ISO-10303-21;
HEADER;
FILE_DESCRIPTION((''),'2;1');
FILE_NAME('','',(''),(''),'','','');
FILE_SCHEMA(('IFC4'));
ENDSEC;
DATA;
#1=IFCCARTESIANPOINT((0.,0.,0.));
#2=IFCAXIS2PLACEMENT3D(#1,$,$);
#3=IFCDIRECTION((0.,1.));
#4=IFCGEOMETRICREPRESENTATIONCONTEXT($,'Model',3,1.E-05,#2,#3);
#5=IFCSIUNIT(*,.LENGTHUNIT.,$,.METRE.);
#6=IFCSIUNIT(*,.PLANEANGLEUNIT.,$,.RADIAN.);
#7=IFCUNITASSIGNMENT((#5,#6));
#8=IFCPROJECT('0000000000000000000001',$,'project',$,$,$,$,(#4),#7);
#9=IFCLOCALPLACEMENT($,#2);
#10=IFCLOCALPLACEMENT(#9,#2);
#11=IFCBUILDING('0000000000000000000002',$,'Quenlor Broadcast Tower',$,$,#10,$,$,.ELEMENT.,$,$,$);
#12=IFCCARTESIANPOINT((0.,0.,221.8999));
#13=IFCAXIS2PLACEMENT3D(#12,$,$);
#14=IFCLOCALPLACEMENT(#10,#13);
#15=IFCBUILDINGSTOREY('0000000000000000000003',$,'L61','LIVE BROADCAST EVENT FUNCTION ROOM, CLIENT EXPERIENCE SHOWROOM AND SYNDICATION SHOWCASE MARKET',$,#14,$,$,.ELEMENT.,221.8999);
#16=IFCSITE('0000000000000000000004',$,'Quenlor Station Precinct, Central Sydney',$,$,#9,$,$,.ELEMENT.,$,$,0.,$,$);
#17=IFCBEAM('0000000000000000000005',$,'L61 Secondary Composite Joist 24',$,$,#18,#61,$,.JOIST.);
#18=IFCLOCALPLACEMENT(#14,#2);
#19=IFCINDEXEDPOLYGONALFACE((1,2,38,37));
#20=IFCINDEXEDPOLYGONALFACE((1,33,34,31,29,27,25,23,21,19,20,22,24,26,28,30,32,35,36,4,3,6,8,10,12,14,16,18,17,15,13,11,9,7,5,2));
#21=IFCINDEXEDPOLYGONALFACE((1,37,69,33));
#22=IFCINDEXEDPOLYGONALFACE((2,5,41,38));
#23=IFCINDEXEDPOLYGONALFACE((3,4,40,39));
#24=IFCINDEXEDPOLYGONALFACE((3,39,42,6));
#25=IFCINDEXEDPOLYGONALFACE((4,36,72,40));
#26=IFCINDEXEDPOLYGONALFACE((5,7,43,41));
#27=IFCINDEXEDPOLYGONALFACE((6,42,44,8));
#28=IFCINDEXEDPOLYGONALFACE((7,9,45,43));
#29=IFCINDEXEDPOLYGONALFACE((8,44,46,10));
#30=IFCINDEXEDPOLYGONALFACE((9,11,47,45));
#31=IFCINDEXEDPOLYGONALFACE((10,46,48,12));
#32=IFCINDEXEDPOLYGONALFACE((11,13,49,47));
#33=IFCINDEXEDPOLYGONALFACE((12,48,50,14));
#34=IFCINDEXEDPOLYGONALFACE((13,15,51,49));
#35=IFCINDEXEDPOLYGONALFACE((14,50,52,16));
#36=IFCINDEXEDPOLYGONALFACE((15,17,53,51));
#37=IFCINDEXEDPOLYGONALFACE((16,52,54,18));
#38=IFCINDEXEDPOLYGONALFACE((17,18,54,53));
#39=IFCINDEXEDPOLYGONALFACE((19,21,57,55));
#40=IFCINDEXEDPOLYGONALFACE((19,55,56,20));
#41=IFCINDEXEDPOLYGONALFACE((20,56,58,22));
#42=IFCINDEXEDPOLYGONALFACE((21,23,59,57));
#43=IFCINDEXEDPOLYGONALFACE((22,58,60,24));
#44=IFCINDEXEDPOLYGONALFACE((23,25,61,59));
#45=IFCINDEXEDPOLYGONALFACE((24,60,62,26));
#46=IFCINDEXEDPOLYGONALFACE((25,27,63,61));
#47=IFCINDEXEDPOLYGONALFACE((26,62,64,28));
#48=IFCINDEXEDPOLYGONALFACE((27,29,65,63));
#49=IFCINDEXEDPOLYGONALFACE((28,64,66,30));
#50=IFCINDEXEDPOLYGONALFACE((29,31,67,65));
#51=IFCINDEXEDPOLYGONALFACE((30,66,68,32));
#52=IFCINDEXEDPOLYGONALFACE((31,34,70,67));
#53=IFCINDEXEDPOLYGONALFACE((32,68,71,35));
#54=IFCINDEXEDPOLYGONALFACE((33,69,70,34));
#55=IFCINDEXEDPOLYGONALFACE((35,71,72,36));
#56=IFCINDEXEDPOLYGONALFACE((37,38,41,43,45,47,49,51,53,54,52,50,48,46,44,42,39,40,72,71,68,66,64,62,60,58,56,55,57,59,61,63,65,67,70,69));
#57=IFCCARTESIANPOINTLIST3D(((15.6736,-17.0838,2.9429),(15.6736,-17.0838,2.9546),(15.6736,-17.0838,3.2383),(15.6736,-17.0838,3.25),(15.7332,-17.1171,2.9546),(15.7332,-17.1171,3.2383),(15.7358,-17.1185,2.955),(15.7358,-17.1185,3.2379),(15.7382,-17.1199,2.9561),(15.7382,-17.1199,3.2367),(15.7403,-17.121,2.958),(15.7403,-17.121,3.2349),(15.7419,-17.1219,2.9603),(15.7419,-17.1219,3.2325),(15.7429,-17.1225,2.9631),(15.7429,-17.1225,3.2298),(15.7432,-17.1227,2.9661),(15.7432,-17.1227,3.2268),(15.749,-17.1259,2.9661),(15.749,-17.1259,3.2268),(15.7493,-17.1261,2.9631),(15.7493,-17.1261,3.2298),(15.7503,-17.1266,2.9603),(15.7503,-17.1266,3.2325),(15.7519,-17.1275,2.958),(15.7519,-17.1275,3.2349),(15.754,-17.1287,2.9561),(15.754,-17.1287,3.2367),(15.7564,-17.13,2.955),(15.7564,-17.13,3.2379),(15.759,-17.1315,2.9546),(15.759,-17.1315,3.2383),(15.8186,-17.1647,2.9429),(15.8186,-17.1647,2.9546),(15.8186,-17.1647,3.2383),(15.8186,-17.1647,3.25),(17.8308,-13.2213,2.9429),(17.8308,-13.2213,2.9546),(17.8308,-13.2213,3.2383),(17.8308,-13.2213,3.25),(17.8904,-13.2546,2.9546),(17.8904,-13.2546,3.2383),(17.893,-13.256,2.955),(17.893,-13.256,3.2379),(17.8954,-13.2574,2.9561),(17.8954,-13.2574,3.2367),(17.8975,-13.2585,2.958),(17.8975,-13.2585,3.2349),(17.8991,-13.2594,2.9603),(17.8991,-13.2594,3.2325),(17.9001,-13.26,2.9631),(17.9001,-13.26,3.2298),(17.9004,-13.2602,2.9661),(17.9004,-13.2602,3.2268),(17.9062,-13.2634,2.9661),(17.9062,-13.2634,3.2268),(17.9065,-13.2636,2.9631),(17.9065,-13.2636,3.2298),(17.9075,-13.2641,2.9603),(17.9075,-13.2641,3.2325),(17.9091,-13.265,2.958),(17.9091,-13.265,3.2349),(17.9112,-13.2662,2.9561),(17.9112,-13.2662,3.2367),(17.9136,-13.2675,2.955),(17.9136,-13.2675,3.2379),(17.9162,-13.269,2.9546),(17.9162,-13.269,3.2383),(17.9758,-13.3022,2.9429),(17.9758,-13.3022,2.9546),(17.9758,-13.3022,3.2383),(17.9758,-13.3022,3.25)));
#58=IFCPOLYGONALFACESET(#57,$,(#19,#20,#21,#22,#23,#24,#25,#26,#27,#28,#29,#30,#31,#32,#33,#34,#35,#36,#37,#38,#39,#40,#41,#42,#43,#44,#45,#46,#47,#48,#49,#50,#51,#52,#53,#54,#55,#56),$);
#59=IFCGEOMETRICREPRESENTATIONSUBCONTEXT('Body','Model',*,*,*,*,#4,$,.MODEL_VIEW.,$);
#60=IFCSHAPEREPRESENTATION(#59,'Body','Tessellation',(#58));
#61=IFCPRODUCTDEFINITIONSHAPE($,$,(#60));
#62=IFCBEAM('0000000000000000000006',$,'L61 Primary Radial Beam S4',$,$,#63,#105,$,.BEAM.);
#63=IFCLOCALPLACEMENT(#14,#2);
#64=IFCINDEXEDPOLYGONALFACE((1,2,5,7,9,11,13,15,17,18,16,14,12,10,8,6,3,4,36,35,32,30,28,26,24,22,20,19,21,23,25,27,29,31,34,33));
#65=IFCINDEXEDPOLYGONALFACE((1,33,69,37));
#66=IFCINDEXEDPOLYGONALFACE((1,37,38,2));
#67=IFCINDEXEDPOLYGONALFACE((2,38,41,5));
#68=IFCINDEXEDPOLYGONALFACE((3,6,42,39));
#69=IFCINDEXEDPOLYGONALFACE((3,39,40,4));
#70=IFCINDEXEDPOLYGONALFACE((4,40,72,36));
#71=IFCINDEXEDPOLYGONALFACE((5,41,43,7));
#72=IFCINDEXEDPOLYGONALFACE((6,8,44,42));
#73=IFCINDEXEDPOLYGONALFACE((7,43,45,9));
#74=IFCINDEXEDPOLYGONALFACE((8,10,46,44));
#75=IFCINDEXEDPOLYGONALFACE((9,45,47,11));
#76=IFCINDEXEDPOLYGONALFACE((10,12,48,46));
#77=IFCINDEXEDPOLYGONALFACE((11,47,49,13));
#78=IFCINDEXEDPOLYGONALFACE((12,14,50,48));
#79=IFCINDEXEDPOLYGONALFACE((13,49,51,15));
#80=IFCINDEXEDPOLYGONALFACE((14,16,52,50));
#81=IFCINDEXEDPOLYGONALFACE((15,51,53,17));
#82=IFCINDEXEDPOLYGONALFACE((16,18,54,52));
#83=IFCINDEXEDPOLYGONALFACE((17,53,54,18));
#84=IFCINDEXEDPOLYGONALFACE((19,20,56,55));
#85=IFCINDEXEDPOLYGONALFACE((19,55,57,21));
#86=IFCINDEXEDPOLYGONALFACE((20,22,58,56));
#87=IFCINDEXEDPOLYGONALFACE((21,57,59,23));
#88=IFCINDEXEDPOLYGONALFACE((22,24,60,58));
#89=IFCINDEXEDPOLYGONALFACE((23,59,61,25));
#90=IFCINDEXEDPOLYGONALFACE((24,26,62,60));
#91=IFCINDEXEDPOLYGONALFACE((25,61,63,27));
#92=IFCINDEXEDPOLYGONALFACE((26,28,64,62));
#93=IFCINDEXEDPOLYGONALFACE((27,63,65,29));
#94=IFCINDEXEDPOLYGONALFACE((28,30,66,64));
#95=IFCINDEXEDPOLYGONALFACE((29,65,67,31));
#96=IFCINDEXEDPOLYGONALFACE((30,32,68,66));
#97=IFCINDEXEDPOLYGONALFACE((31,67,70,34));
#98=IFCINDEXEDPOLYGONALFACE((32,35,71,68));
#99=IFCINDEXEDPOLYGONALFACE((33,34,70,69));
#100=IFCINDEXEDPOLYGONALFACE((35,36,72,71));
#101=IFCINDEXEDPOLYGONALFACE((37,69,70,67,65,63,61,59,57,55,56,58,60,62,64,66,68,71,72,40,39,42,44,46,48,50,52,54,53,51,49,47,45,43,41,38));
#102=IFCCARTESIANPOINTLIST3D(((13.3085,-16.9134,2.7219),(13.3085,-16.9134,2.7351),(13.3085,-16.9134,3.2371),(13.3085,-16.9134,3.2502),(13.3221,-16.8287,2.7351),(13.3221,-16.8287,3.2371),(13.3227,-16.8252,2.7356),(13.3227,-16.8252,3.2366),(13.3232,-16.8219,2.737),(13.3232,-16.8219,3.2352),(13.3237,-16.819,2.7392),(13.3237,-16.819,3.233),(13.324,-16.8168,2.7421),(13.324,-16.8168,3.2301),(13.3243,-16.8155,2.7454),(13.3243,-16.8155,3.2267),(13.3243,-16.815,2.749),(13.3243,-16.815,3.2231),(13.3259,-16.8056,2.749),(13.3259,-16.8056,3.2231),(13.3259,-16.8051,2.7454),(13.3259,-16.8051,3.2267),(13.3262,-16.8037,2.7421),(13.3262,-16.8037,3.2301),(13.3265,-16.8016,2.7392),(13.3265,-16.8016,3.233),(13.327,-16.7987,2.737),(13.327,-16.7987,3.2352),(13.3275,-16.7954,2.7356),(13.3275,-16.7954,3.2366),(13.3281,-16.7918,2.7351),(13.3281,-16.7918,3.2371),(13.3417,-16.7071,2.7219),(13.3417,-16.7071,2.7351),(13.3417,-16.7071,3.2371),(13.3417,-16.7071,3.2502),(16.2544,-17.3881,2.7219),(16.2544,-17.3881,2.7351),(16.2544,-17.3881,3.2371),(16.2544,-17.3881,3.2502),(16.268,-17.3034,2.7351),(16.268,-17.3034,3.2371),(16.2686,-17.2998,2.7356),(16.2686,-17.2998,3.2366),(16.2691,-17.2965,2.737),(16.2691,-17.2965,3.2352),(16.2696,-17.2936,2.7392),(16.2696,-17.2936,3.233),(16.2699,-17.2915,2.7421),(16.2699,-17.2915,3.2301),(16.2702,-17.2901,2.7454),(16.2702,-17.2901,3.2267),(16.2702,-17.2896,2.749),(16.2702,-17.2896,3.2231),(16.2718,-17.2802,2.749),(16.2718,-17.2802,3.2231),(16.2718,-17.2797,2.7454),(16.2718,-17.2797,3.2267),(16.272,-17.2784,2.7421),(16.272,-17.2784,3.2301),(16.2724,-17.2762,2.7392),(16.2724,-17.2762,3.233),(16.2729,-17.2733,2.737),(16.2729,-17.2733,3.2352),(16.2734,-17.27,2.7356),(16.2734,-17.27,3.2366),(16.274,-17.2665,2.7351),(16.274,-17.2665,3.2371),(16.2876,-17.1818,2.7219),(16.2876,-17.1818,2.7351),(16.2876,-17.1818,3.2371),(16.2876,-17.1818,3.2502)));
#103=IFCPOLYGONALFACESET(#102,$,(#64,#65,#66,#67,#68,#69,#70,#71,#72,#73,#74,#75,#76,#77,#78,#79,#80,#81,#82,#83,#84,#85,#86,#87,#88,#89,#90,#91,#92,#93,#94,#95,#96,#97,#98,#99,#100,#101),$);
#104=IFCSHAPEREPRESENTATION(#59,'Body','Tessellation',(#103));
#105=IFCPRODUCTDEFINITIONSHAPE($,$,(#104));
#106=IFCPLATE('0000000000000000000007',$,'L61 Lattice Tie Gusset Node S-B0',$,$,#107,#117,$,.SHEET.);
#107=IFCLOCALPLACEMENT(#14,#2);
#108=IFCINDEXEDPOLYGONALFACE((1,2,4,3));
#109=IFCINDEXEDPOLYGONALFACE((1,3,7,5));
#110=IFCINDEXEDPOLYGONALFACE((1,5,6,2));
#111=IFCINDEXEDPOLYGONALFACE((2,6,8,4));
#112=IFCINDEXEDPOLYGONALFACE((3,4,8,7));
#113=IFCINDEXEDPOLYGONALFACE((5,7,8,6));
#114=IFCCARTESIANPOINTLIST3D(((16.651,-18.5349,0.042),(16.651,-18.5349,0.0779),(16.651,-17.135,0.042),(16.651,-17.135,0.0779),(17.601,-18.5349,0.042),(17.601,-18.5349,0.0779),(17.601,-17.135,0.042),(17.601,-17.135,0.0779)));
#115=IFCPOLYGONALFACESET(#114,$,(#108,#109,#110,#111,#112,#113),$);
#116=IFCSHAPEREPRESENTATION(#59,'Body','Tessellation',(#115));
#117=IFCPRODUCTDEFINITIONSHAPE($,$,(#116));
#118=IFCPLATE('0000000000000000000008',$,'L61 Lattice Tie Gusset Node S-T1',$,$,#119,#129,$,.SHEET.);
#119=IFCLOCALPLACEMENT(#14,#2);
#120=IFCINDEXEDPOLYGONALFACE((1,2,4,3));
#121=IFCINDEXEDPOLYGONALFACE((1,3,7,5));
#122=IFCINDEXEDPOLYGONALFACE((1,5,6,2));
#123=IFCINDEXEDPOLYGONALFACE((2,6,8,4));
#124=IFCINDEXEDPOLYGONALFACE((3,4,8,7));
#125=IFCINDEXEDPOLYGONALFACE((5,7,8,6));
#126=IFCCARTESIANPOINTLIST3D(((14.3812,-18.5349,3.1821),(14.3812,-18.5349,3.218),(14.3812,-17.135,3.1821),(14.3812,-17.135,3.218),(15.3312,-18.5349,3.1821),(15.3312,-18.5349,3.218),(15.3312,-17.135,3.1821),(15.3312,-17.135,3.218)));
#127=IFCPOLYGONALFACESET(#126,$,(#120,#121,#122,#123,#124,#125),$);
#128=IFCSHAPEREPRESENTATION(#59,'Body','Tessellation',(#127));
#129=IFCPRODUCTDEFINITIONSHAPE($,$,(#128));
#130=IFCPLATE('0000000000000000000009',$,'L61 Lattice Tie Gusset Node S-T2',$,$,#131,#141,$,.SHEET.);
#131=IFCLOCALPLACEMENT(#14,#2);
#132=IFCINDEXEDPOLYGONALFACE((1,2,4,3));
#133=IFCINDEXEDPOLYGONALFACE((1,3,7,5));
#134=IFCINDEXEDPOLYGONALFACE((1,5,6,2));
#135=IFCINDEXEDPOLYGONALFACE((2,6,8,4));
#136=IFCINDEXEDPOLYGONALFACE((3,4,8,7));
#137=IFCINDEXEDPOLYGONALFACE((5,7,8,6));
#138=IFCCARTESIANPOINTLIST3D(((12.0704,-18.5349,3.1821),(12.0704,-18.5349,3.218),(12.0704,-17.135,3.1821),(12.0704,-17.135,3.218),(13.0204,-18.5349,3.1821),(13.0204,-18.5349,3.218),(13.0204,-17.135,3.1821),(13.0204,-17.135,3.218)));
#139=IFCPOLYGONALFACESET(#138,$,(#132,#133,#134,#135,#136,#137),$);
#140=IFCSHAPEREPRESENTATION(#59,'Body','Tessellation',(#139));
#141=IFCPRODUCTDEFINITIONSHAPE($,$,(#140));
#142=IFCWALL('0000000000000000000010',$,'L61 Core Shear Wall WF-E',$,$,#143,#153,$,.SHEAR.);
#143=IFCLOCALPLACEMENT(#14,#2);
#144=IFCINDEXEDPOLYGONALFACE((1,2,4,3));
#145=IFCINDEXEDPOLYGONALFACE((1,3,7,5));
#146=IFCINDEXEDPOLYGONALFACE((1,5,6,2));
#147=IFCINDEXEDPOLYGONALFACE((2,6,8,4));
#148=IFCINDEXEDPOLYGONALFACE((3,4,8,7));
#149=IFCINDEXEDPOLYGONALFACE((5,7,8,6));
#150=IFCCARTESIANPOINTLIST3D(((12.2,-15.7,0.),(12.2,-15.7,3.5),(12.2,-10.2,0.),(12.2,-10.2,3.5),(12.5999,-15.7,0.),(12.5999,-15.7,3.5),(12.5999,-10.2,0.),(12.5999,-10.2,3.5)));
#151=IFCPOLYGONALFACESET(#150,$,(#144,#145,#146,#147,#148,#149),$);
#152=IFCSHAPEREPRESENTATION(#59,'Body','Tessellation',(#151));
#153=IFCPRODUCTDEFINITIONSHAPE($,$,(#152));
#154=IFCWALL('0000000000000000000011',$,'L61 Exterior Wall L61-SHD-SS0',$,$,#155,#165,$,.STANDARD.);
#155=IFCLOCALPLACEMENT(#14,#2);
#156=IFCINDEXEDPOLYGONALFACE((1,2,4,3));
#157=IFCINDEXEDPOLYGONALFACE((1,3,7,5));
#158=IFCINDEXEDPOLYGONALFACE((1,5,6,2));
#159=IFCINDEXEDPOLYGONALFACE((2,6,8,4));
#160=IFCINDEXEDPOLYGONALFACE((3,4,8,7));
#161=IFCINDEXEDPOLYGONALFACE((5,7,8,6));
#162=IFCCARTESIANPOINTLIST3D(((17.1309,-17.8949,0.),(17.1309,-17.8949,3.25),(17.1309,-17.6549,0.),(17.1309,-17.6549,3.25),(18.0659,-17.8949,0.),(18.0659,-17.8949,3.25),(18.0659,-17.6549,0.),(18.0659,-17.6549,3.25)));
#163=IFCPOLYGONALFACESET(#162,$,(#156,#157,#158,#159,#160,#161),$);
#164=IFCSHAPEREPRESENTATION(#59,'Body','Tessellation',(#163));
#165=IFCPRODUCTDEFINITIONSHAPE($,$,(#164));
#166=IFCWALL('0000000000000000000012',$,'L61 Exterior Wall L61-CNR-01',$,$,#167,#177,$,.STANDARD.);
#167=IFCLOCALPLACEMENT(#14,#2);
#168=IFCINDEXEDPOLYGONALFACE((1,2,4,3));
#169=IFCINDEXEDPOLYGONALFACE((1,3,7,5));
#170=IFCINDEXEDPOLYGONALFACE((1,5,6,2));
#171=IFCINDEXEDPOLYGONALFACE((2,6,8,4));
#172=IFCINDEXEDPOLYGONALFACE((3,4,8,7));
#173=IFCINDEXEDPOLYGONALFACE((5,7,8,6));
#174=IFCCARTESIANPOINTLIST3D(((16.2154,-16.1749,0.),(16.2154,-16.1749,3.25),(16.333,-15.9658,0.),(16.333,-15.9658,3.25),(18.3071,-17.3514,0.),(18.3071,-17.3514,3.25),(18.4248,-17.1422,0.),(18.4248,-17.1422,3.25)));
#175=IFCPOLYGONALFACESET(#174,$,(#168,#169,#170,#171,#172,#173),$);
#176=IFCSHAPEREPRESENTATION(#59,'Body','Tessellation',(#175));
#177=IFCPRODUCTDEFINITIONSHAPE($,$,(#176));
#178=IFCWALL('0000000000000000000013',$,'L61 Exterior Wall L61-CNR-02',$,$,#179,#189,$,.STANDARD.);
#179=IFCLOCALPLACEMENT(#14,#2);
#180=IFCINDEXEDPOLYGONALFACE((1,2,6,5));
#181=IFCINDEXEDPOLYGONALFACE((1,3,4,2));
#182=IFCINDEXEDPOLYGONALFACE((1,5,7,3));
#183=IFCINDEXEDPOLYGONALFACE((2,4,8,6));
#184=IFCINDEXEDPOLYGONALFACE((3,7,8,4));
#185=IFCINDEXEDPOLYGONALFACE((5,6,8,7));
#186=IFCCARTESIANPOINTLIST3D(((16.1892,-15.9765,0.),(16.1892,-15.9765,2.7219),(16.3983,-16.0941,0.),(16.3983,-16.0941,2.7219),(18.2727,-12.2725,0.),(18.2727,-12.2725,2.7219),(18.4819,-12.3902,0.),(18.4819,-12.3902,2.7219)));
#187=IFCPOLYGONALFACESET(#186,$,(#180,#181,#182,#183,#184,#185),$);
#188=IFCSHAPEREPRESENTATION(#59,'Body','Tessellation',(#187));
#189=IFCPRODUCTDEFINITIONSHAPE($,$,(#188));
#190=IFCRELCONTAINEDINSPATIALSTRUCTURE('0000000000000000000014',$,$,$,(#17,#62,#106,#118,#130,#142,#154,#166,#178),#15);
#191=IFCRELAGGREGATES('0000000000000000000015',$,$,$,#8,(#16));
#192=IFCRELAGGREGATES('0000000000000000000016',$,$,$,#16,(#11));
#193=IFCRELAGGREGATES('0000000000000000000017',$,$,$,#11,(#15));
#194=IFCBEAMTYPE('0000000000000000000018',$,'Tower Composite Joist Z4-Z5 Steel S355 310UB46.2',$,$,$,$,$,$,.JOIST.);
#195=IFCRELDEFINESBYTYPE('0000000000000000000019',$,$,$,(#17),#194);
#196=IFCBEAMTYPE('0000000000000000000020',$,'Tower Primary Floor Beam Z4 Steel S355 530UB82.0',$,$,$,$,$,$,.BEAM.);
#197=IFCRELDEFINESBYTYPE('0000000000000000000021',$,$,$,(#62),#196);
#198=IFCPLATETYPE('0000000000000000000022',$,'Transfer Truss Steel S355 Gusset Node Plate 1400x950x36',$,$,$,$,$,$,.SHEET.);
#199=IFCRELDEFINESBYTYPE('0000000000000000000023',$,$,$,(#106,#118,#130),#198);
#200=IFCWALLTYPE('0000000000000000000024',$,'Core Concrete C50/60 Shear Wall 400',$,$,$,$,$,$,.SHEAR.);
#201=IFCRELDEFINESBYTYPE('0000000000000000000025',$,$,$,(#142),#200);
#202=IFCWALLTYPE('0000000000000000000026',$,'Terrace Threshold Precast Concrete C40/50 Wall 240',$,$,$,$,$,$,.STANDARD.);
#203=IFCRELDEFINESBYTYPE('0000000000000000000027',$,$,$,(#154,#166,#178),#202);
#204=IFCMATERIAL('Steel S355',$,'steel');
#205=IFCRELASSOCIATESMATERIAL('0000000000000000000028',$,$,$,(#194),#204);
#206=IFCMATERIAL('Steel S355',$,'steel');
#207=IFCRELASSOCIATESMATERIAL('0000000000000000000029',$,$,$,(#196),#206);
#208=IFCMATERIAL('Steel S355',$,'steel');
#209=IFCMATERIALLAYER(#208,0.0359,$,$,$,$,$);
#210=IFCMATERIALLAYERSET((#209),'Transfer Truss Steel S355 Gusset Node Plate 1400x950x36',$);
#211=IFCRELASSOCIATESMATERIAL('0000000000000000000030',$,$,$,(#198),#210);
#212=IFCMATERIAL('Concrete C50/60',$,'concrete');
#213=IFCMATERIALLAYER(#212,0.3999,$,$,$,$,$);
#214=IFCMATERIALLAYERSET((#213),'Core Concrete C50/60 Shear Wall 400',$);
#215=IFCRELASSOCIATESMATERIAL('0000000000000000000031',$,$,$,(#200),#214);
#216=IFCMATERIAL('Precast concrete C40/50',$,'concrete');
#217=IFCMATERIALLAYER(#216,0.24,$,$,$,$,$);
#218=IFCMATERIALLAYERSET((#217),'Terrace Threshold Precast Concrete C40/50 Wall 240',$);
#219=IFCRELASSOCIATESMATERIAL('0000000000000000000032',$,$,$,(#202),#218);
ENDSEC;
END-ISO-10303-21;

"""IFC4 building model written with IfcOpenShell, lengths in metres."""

from ifc_helpers import new_model, si_unit, direction, frame, frame_2d, origin, origin_2d, place, context, subcontext, project, spatial, rectangle, i_section, extrude, material, layer, layer_set, material_profile, profile_set, type_object, element, save


model = new_model("IFC4")

# Units and contexts
model_context = context("Model", 3, precision=1e-05, world=origin(), true_north=direction((0.0, 1.0)))
body_context = subcontext(model_context, "Body", "Model", "MODEL_VIEW")
ifc_project = project(units=[si_unit("LENGTHUNIT", "METRE"), si_unit("PLANEANGLEUNIT", "RADIAN")], contexts=[model_context])

# Site, building, storey
site_placement = place(None, origin())
site = spatial("IfcSite", under=ifc_project, at=site_placement, Name="Quenlor Station Precinct, Central Sydney", CompositionType="ELEMENT", RefElevation=0.0)
building_placement = place(site_placement, origin())
building = spatial("IfcBuilding", under=site, at=building_placement, Name="Quenlor Broadcast Tower", CompositionType="ELEMENT")
storey_placement = place(building_placement, frame((0.0, 0.0, 221.8999)))
storey = spatial("IfcBuildingStorey", under=building, at=storey_placement, Name="L61", Description="LIVE BROADCAST EVENT FUNCTION ROOM, CLIENT EXPERIENCE SHOWROOM AND SYNDICATION SHOWCASE MARKET", CompositionType="ELEMENT", Elevation=221.8999)

# Beams
ifc_material_1 = material(Name="Steel S355", Category="steel")
ifc_material_profile_1 = material_profile(ifc_material_1, i_section(OverallWidth=0.166, OverallDepth=0.3071, WebThickness=0.0066, FlangeThickness=0.0117, FilletRadius=0.0115, at=origin_2d()))
ifc_profile_set_1 = profile_set([ifc_material_profile_1], Name="Steel S355 310UB46.2")
beam_type_1 = type_object("IfcBeamType", Name="Tower Composite Joist Z4-Z5 Steel S355 310UB46.2", PredefinedType="JOIST", material=ifc_profile_set_1)
beam_1_placement = place(storey_placement, frame((15.7461, -17.1243, 3.0964), z_axis=(0.487605, 0.873064, 0.0), x_axis=(-0.873064, 0.487605, 0.0)))
element("IfcBeam", 1, at=beam_1_placement, inside=storey, type_object=beam_type_1, Name="L61 Secondary Composite Joist 24", PredefinedType="JOIST", context=body_context, shape_type="SweptSolid", body=[
    extrude(i_section(OverallWidth=0.166, OverallDepth=0.3071, WebThickness=0.0066, FlangeThickness=0.0117, FilletRadius=0.0115, at=origin_2d()), origin(), (0.0, 0.0, 1.0), 4.4241),
])
ifc_material_2 = material(Name="Steel S355", Category="steel")
ifc_material_profile_2 = material_profile(ifc_material_2, i_section(OverallWidth=0.209, OverallDepth=0.5283, WebThickness=0.0095, FlangeThickness=0.0132, FilletRadius=0.0139, at=origin_2d()))
ifc_profile_set_2 = profile_set([ifc_material_profile_2], Name="Steel S355 530UB82.0")
beam_type_2 = type_object("IfcBeamType", Name="Tower Primary Floor Beam Z4 Steel S355 530UB82.0", PredefinedType="BEAM", material=ifc_profile_set_2)
beam_2_placement = place(storey_placement, frame((16.271, -17.2849, 2.9861), z_axis=(-0.987268, 0.159063, 0.0), x_axis=(-0.159063, -0.987268, 0.0)))
element("IfcBeam", 2, at=beam_2_placement, inside=storey, type_object=beam_type_2, Name="L61 Primary Radial Beam S4", PredefinedType="BEAM", context=body_context, shape_type="SweptSolid", body=[
    extrude(i_section(OverallWidth=0.209, OverallDepth=0.5283, WebThickness=0.0095, FlangeThickness=0.0132, FilletRadius=0.0139, at=origin_2d()), origin(), (0.0, 0.0, 1.0), 2.9839),
])

# Plates
ifc_material_3 = material(Name="Steel S355", Category="steel")
ifc_layer_1 = layer(ifc_material_3, 0.0359)
ifc_layer_set_1 = layer_set([ifc_layer_1], Name="Transfer Truss Steel S355 Gusset Node Plate 1400x950x36")
plate_type = type_object("IfcPlateType", Name="Transfer Truss Steel S355 Gusset Node Plate 1400x950x36", PredefinedType="SHEET", material=ifc_layer_set_1)
for number, where, z_axis, x_axis, name in (
    (3, (17.126, -17.835, 0.042), (0.0, 0.0, 1.0), (0.0, -1.0, 0.0), "L61 Lattice Tie Gusset Node S-B0"),
    (4, (14.8562, -17.835, 3.1821), (0.0, 0.0, 1.0), (0.0, -1.0, 0.0), "L61 Lattice Tie Gusset Node S-T1"),
    (5, (12.5454, -17.835, 3.1821), (0.0, 0.0, 1.0), (0.0, -1.0, 0.0), "L61 Lattice Tie Gusset Node S-T2"),
):
    element("IfcPlate", number, at=place(storey_placement, frame(where, z_axis=z_axis, x_axis=x_axis)), inside=storey, type_object=plate_type, Name=name, PredefinedType="SHEET", context=body_context, shape_type="SweptSolid", body=[
        extrude(rectangle(XDim=1.3999, YDim=0.95, at=origin_2d()), origin(), (0.0, 0.0, 1.0), 0.0359),
    ])

# Walls
ifc_material_4 = material(Name="Concrete C50/60", Category="concrete")
ifc_layer_2 = layer(ifc_material_4, 0.3999)
ifc_layer_set_2 = layer_set([ifc_layer_2], Name="Core Concrete C50/60 Shear Wall 400")
wall_type_1 = type_object("IfcWallType", Name="Core Concrete C50/60 Shear Wall 400", PredefinedType="SHEAR", material=ifc_layer_set_2)
wall_1_placement = place(storey_placement, frame((12.3999, -15.7, 0.0), z_axis=(0.0, 0.0, 1.0), x_axis=(0.0, 1.0, 0.0)))
element("IfcWall", 6, at=wall_1_placement, inside=storey, type_object=wall_type_1, Name="L61 Core Shear Wall WF-E", PredefinedType="SHEAR", context=body_context, shape_type="SweptSolid", body=[
    extrude(rectangle(XDim=5.5, YDim=0.3999, at=frame_2d((2.75, 0.0))), origin(), (0.0, 0.0, 1.0), 3.5),
])
ifc_material_5 = material(Name="Precast concrete C40/50", Category="concrete")
ifc_layer_3 = layer(ifc_material_5, 0.24)
ifc_layer_set_3 = layer_set([ifc_layer_3], Name="Terrace Threshold Precast Concrete C40/50 Wall 240")
wall_type_2 = type_object("IfcWallType", Name="Terrace Threshold Precast Concrete C40/50 Wall 240", PredefinedType="STANDARD", material=ifc_layer_set_3)
wall_2_placement = place(storey_placement, frame((18.0659, -17.7749, 0.0), z_axis=(0.0, 0.0, 1.0), x_axis=(-1.0, 0.0, 0.0)))
element("IfcWall", 7, at=wall_2_placement, inside=storey, type_object=wall_type_2, Name="L61 Exterior Wall L61-SHD-SS0", PredefinedType="STANDARD", context=body_context, shape_type="SweptSolid", body=[
    extrude(rectangle(XDim=0.9351, YDim=0.24, at=frame_2d((0.4675, 0.0))), origin(), (0.0, 0.0, 1.0), 3.25),
])
wall_3_placement = place(storey_placement, frame((18.366, -17.2468, 0.0), z_axis=(0.0, 0.0, 1.0), x_axis=(-0.871597, 0.490223, 0.0)))
element("IfcWall", 8, at=wall_3_placement, inside=storey, type_object=wall_type_2, Name="L61 Exterior Wall L61-CNR-01", PredefinedType="STANDARD", context=body_context, shape_type="SweptSolid", body=[
    extrude(rectangle(XDim=2.3999, YDim=0.24, at=frame_2d((1.2, 0.0))), origin(), (0.0, 0.0, 1.0), 3.25),
])
wall_4_placement = place(storey_placement, frame((16.2937, -16.0354, 0.0), z_axis=(0.0, 0.0, 1.0), x_axis=(0.490275, 0.871568, 0.0)))
element("IfcWall", 9, at=wall_4_placement, inside=storey, type_object=wall_type_2, Name="L61 Exterior Wall L61-CNR-02", PredefinedType="STANDARD", context=body_context, shape_type="SweptSolid", body=[
    extrude(rectangle(XDim=4.2498, YDim=0.24, at=frame_2d((2.125, 0.0))), origin(), (0.0, 0.0, 1.0), 2.7219),
])

save(model, "model.ifc")
